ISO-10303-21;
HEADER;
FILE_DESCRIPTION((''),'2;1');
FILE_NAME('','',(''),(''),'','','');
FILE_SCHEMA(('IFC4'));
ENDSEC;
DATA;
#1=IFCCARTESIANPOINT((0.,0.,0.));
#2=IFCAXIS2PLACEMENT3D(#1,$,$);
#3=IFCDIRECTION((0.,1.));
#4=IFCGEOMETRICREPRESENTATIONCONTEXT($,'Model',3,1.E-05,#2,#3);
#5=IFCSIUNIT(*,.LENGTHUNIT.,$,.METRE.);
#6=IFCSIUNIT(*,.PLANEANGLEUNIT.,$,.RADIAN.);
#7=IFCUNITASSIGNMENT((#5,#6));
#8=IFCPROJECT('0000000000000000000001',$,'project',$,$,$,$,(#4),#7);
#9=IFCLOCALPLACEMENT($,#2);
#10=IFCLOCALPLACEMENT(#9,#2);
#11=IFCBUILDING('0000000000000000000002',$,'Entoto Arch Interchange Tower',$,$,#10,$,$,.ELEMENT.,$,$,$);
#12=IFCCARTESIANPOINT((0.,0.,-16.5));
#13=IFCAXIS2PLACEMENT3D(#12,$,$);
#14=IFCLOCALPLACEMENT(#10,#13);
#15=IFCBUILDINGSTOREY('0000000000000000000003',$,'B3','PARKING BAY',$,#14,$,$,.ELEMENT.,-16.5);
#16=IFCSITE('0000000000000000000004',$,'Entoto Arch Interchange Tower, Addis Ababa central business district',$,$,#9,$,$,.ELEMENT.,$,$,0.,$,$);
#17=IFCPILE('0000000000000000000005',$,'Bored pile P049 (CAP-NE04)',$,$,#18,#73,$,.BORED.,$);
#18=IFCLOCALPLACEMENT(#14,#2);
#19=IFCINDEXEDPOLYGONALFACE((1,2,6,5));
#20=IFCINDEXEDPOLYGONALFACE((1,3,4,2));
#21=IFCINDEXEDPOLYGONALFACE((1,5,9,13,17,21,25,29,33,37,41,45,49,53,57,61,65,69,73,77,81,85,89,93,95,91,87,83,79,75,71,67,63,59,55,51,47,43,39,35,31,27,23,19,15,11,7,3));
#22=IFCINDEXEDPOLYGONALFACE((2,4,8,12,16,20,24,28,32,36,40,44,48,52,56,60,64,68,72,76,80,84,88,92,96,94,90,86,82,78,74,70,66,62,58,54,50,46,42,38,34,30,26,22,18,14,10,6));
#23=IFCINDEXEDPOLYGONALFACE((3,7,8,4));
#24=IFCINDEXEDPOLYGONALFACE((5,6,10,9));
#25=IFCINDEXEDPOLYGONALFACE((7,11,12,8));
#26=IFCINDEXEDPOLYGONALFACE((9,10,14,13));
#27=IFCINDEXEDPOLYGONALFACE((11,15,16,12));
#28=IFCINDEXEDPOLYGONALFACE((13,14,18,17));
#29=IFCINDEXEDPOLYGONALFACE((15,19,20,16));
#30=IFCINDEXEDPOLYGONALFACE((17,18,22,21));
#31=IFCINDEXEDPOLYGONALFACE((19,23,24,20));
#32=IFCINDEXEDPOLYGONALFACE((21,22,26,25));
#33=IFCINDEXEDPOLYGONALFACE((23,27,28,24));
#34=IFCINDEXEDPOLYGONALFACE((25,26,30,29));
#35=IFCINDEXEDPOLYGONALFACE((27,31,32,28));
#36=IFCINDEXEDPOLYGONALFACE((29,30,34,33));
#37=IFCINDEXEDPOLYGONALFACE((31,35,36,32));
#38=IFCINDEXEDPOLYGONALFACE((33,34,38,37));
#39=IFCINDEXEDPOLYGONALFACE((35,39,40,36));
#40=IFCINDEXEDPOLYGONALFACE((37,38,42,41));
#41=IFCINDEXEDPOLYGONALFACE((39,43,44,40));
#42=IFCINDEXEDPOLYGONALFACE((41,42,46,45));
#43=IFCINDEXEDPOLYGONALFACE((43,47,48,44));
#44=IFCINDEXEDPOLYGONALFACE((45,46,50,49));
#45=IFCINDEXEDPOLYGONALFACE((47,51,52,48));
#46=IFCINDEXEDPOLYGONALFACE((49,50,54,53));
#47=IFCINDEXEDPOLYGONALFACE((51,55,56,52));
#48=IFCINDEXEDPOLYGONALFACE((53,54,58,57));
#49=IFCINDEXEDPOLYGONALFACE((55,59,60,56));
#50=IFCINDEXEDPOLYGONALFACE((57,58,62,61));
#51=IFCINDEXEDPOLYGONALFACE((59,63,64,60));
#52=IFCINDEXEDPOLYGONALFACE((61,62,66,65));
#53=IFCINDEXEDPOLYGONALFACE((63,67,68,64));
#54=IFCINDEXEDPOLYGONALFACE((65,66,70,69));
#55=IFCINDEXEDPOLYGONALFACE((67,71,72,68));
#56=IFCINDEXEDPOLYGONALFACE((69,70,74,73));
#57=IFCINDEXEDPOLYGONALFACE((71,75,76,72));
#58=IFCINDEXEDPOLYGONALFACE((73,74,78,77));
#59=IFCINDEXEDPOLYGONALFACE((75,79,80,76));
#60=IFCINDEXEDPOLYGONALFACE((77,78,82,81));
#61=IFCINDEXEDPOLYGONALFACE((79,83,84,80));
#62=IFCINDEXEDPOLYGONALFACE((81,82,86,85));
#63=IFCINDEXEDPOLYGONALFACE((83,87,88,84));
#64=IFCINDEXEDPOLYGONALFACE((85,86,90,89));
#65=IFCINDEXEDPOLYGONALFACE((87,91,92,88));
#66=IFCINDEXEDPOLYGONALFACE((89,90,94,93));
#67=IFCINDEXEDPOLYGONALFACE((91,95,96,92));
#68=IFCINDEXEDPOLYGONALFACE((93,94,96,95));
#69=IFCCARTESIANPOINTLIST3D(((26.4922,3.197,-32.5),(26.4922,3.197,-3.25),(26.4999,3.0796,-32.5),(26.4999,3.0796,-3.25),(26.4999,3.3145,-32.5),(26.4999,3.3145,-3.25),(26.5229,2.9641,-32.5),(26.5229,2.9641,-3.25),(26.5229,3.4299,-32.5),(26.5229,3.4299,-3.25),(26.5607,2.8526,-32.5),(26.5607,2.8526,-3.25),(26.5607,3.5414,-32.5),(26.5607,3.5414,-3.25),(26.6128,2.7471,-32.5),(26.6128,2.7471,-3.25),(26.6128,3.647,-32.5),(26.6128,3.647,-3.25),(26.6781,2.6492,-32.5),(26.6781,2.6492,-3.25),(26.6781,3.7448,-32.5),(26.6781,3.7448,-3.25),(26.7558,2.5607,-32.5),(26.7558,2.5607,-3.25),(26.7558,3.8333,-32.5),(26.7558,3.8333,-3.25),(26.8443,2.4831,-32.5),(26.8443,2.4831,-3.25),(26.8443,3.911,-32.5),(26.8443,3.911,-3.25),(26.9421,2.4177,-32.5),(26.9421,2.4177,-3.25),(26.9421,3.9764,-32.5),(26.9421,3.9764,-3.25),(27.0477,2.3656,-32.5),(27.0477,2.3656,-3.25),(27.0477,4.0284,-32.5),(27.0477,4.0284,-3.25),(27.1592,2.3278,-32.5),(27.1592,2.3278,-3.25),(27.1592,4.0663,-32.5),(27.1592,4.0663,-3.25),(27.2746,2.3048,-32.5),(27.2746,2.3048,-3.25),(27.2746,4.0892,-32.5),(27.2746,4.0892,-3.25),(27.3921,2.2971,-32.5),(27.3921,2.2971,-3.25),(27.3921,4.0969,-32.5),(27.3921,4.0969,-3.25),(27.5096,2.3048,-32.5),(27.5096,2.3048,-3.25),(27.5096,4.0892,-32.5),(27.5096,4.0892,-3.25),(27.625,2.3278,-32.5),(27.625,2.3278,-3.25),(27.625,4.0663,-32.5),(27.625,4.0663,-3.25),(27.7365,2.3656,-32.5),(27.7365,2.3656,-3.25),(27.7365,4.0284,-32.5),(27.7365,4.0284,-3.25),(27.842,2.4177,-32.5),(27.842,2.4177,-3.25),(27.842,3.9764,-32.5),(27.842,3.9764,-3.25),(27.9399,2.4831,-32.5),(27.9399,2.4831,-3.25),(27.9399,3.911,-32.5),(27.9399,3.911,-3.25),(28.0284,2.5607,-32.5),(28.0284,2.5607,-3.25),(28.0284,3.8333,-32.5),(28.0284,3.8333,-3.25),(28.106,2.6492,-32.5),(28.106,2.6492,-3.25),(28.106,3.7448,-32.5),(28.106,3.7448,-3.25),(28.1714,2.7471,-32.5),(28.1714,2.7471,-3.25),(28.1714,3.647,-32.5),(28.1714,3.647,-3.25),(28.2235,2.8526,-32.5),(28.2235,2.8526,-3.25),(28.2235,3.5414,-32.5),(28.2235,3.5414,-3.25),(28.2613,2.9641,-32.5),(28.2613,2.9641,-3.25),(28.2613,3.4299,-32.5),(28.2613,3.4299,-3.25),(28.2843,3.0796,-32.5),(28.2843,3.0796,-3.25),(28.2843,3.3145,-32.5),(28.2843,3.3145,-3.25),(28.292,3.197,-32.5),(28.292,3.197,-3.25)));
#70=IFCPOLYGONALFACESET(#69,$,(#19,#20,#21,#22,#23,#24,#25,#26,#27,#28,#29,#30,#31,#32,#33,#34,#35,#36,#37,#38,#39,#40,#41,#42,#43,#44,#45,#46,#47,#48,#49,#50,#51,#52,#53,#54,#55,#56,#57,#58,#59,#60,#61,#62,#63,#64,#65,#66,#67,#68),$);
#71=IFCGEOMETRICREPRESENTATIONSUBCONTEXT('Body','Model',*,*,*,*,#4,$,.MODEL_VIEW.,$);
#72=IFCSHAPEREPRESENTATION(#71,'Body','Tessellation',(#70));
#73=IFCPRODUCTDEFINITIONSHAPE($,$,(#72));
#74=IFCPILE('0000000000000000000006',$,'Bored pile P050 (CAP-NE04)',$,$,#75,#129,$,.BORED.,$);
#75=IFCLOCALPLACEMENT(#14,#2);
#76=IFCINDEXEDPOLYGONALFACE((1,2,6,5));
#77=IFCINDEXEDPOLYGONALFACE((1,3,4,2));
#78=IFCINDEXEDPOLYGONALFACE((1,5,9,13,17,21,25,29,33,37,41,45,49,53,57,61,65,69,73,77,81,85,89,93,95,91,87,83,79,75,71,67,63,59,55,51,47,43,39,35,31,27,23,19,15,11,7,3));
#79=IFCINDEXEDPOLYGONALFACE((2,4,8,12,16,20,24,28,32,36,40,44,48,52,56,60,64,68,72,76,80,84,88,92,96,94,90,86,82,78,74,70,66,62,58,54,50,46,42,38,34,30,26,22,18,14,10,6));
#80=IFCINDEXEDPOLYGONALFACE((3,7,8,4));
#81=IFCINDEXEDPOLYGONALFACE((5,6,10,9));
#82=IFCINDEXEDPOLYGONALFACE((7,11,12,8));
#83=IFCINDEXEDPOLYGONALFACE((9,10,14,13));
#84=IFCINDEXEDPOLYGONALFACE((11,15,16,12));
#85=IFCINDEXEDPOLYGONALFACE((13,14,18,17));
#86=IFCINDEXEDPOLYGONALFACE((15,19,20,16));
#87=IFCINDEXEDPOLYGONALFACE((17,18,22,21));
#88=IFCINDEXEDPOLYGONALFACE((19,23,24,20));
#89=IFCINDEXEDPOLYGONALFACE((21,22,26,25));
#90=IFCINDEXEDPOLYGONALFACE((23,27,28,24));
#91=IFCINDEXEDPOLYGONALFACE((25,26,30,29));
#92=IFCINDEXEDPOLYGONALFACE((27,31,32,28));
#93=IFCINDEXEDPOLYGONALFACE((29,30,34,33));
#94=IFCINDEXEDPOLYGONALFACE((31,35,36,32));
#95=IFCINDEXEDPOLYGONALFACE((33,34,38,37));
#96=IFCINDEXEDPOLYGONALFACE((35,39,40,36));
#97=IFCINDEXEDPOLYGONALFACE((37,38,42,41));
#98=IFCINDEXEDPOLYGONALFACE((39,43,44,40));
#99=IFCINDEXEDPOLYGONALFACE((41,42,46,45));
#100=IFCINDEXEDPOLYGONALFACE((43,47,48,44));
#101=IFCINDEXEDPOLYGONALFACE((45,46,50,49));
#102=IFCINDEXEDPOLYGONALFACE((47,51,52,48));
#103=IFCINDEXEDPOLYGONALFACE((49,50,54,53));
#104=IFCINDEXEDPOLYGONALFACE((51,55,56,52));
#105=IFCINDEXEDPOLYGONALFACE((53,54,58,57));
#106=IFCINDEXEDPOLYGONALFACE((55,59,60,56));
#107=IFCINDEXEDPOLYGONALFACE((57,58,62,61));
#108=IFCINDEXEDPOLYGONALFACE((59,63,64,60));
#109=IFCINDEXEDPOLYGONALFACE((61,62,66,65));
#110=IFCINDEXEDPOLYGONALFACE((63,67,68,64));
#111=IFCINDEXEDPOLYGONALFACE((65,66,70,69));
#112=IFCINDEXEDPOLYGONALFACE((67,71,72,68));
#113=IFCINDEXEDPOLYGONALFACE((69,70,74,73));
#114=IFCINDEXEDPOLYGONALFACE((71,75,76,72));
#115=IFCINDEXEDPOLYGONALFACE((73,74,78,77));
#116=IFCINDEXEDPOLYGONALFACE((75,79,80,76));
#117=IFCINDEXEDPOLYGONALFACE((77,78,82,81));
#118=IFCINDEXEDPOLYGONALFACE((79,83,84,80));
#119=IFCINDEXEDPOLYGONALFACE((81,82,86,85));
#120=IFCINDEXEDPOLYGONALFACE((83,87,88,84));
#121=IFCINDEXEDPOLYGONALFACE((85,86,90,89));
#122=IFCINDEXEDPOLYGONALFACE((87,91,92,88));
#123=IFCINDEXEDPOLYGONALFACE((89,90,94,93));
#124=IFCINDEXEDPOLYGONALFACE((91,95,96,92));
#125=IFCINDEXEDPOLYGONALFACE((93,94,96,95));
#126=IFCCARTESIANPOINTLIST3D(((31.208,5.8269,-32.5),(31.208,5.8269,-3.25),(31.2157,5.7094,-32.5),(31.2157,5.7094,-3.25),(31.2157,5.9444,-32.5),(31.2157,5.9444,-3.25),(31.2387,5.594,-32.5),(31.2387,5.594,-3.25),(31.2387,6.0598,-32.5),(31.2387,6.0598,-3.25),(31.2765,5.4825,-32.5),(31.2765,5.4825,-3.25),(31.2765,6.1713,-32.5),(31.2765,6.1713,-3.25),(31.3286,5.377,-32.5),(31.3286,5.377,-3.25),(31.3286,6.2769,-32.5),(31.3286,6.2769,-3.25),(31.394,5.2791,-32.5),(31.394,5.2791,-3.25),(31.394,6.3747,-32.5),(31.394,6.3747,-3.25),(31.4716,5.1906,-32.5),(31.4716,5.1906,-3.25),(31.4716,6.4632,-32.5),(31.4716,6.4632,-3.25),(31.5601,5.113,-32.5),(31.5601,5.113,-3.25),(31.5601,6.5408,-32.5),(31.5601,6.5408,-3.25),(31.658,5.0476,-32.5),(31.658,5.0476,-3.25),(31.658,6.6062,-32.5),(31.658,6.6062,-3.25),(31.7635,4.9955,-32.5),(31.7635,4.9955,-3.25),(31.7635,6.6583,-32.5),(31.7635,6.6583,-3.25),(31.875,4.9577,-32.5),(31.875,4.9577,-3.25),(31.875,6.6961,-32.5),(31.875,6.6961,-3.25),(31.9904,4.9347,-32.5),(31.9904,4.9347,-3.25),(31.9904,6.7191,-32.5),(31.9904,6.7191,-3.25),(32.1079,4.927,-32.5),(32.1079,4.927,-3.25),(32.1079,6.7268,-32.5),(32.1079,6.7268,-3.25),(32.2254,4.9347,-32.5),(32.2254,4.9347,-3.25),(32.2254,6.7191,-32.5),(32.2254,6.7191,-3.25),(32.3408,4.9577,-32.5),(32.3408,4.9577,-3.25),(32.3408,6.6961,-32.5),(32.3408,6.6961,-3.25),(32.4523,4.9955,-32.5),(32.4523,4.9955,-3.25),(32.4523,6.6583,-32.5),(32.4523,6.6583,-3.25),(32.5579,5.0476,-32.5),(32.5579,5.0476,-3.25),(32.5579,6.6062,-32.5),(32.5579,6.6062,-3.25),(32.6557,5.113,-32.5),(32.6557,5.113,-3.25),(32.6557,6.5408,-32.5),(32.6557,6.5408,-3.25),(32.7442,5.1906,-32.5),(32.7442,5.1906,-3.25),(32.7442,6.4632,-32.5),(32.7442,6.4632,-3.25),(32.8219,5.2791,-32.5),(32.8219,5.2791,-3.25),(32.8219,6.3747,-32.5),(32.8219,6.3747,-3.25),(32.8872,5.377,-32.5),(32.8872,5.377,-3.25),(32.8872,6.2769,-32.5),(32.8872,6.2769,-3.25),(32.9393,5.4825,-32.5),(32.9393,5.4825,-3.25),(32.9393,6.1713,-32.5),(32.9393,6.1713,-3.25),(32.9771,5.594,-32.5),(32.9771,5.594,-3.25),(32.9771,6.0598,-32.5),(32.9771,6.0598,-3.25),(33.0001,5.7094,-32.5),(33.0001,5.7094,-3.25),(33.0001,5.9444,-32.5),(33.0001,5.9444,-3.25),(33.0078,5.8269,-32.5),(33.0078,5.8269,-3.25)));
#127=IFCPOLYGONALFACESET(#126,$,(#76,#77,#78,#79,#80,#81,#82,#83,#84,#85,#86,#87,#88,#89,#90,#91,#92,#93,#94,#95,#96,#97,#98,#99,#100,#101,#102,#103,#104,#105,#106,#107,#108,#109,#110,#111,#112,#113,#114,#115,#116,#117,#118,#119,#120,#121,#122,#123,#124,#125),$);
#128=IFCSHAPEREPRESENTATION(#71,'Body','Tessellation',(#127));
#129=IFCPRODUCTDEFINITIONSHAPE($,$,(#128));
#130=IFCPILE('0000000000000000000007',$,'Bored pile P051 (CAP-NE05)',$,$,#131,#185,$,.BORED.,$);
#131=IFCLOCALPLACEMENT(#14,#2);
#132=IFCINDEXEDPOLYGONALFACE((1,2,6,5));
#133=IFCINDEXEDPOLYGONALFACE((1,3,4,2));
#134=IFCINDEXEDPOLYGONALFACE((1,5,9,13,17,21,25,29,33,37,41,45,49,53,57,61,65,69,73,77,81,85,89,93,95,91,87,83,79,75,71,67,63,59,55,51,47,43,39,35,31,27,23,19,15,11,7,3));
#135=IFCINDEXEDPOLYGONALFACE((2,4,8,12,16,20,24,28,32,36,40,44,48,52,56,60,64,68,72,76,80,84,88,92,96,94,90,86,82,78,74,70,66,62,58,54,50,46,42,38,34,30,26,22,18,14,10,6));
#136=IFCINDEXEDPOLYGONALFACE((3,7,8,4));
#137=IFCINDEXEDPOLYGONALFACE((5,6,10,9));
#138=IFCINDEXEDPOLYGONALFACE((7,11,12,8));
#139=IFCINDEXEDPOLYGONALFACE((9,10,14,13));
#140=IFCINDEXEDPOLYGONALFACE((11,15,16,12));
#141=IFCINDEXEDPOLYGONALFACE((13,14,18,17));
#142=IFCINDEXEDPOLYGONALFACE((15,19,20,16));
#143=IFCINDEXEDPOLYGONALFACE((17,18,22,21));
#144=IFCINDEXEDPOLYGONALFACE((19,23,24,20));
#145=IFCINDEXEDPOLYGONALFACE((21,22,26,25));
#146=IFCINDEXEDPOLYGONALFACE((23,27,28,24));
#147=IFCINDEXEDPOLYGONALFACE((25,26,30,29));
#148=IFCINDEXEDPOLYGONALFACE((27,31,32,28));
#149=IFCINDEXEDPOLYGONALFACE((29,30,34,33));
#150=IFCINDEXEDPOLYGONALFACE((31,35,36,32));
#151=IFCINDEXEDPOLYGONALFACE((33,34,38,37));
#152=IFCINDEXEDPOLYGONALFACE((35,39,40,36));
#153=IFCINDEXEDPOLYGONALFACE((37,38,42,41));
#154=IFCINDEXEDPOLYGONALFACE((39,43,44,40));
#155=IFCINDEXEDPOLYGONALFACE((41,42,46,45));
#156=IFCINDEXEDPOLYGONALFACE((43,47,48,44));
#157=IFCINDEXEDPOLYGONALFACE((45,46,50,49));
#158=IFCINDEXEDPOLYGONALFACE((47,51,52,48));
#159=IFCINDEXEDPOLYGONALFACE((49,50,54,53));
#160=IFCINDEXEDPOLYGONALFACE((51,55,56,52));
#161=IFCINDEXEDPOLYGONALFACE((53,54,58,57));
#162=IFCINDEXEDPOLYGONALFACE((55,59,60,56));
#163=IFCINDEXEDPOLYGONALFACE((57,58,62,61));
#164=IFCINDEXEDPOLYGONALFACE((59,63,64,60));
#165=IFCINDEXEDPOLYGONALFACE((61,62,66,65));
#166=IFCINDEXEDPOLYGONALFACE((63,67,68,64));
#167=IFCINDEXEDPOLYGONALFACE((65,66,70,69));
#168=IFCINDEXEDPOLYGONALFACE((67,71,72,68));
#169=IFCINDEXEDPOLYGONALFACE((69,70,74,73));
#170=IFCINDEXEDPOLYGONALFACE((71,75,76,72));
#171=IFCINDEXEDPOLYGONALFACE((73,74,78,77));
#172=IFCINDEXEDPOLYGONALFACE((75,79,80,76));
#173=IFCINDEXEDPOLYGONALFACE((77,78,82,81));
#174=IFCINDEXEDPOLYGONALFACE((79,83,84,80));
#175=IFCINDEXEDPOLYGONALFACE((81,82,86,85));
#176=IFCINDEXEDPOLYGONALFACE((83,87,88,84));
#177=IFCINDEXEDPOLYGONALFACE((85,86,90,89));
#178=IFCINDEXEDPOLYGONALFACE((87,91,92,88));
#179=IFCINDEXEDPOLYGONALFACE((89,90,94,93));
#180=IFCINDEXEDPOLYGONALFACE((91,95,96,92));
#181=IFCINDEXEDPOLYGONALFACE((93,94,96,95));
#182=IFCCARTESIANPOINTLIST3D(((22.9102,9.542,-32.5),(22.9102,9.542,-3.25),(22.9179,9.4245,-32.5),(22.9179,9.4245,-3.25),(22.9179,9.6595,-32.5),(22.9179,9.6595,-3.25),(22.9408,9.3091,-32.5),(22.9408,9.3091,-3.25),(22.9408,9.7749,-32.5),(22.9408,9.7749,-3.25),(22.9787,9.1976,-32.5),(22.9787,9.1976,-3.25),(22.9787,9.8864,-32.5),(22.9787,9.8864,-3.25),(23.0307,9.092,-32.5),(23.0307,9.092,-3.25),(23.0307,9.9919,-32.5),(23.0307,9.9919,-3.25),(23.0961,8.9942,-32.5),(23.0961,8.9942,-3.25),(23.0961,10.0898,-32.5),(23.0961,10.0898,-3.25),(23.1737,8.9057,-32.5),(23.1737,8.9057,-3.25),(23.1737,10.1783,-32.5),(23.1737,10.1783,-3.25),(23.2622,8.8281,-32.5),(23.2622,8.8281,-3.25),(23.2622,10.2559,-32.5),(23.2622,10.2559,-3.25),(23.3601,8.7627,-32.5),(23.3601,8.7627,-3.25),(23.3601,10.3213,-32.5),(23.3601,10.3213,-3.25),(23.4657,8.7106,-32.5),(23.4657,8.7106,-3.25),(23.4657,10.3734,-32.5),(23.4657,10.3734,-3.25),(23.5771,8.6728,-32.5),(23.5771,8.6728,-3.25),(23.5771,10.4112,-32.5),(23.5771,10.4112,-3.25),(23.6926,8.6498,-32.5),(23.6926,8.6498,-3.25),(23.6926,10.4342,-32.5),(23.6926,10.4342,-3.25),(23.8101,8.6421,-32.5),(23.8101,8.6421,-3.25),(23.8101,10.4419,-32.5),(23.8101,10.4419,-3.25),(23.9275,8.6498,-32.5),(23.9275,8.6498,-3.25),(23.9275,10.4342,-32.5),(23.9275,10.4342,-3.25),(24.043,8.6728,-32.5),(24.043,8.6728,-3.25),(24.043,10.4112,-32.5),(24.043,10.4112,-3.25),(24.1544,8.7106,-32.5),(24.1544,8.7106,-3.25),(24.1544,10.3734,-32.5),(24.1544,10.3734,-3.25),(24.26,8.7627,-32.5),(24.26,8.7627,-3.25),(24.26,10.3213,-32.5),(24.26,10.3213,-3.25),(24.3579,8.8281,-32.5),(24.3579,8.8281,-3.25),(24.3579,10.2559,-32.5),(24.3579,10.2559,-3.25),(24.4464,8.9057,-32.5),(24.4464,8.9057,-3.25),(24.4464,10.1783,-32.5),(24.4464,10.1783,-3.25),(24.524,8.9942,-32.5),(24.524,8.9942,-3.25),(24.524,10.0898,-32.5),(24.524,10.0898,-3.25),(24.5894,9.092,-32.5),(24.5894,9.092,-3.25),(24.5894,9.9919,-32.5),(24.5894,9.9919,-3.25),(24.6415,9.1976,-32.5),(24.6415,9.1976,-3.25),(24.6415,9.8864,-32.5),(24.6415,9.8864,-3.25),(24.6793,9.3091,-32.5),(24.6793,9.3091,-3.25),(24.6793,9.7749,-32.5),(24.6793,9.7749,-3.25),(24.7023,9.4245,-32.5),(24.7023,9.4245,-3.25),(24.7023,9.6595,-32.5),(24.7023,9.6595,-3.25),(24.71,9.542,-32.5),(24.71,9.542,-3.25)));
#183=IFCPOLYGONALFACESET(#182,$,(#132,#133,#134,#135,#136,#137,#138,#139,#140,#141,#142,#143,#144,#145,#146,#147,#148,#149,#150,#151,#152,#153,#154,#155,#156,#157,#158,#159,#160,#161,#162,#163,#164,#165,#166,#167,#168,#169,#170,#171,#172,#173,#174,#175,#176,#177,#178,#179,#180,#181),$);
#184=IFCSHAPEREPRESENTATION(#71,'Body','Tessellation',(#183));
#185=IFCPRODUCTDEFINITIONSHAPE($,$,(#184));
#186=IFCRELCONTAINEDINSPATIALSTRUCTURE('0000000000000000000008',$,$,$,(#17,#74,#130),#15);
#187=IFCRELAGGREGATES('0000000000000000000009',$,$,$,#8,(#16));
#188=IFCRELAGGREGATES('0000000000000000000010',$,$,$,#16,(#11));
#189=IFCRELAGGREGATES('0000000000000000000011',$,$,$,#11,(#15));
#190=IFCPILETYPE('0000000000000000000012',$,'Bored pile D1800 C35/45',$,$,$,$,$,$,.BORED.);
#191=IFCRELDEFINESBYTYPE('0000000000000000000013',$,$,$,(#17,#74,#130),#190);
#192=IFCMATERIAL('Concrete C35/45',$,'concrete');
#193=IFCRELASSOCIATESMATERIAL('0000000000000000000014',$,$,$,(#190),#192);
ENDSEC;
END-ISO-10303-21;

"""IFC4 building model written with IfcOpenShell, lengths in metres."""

from ifc_helpers import new_model, si_unit, direction, frame, origin, origin_2d, place, context, subcontext, project, spatial, circle, extrude, material, material_profile, profile_set, type_object, element, save


model = new_model("IFC4")

# Units and contexts
model_context = context("Model", 3, precision=1e-05, world=origin(), true_north=direction((0.0, 1.0)))
body_context = subcontext(model_context, "Body", "Model", "MODEL_VIEW")
ifc_project = project(units=[si_unit("LENGTHUNIT", "METRE"), si_unit("PLANEANGLEUNIT", "RADIAN")], contexts=[model_context])

# Site, building, storey
site_placement = place(None, origin())
site = spatial("IfcSite", under=ifc_project, at=site_placement, Name="Entoto Arch Interchange Tower, Addis Ababa central business district", CompositionType="ELEMENT", RefElevation=0.0)
building_placement = place(site_placement, origin())
building = spatial("IfcBuilding", under=site, at=building_placement, Name="Entoto Arch Interchange Tower", CompositionType="ELEMENT")
storey_placement = place(building_placement, frame((0.0, 0.0, -16.5)))
storey = spatial("IfcBuildingStorey", under=building, at=storey_placement, Name="B3", Description="PARKING BAY", CompositionType="ELEMENT", Elevation=-16.5)

# Piles
ifc_material_1 = material(Name="Concrete C35/45", Category="concrete")
ifc_material_profile_1 = material_profile(ifc_material_1, circle(Radius=0.8999, at=origin_2d()))
ifc_profile_set_1 = profile_set([ifc_material_profile_1], Name="Concrete C35/45")
pile_type = type_object("IfcPileType", Name="Bored pile D1800 C35/45", PredefinedType="BORED", material=ifc_profile_set_1)
for number, where, z_axis, x_axis, name in (
    (1, (27.3921, 3.197, -3.25), (0.0, 0.0, -1.0), (1.0, 0.0, 0.0), "Bored pile P049 (CAP-NE04)"),
    (2, (32.1079, 5.8269, -3.25), (0.0, 0.0, -1.0), (1.0, 0.0, 0.0), "Bored pile P050 (CAP-NE04)"),
    (3, (23.8101, 9.542, -3.25), (0.0, 0.0, -1.0), (1.0, 0.0, 0.0), "Bored pile P051 (CAP-NE05)"),
):
    element("IfcPile", number, at=place(storey_placement, frame(where, z_axis=z_axis, x_axis=x_axis)), inside=storey, type_object=pile_type, Name=name, PredefinedType="BORED", context=body_context, shape_type="SweptSolid", body=[
        extrude(circle(Radius=0.8999, at=origin_2d()), origin(), (0.0, 0.0, 1.0), 29.25),
    ])

save(model, "model.ifc")
